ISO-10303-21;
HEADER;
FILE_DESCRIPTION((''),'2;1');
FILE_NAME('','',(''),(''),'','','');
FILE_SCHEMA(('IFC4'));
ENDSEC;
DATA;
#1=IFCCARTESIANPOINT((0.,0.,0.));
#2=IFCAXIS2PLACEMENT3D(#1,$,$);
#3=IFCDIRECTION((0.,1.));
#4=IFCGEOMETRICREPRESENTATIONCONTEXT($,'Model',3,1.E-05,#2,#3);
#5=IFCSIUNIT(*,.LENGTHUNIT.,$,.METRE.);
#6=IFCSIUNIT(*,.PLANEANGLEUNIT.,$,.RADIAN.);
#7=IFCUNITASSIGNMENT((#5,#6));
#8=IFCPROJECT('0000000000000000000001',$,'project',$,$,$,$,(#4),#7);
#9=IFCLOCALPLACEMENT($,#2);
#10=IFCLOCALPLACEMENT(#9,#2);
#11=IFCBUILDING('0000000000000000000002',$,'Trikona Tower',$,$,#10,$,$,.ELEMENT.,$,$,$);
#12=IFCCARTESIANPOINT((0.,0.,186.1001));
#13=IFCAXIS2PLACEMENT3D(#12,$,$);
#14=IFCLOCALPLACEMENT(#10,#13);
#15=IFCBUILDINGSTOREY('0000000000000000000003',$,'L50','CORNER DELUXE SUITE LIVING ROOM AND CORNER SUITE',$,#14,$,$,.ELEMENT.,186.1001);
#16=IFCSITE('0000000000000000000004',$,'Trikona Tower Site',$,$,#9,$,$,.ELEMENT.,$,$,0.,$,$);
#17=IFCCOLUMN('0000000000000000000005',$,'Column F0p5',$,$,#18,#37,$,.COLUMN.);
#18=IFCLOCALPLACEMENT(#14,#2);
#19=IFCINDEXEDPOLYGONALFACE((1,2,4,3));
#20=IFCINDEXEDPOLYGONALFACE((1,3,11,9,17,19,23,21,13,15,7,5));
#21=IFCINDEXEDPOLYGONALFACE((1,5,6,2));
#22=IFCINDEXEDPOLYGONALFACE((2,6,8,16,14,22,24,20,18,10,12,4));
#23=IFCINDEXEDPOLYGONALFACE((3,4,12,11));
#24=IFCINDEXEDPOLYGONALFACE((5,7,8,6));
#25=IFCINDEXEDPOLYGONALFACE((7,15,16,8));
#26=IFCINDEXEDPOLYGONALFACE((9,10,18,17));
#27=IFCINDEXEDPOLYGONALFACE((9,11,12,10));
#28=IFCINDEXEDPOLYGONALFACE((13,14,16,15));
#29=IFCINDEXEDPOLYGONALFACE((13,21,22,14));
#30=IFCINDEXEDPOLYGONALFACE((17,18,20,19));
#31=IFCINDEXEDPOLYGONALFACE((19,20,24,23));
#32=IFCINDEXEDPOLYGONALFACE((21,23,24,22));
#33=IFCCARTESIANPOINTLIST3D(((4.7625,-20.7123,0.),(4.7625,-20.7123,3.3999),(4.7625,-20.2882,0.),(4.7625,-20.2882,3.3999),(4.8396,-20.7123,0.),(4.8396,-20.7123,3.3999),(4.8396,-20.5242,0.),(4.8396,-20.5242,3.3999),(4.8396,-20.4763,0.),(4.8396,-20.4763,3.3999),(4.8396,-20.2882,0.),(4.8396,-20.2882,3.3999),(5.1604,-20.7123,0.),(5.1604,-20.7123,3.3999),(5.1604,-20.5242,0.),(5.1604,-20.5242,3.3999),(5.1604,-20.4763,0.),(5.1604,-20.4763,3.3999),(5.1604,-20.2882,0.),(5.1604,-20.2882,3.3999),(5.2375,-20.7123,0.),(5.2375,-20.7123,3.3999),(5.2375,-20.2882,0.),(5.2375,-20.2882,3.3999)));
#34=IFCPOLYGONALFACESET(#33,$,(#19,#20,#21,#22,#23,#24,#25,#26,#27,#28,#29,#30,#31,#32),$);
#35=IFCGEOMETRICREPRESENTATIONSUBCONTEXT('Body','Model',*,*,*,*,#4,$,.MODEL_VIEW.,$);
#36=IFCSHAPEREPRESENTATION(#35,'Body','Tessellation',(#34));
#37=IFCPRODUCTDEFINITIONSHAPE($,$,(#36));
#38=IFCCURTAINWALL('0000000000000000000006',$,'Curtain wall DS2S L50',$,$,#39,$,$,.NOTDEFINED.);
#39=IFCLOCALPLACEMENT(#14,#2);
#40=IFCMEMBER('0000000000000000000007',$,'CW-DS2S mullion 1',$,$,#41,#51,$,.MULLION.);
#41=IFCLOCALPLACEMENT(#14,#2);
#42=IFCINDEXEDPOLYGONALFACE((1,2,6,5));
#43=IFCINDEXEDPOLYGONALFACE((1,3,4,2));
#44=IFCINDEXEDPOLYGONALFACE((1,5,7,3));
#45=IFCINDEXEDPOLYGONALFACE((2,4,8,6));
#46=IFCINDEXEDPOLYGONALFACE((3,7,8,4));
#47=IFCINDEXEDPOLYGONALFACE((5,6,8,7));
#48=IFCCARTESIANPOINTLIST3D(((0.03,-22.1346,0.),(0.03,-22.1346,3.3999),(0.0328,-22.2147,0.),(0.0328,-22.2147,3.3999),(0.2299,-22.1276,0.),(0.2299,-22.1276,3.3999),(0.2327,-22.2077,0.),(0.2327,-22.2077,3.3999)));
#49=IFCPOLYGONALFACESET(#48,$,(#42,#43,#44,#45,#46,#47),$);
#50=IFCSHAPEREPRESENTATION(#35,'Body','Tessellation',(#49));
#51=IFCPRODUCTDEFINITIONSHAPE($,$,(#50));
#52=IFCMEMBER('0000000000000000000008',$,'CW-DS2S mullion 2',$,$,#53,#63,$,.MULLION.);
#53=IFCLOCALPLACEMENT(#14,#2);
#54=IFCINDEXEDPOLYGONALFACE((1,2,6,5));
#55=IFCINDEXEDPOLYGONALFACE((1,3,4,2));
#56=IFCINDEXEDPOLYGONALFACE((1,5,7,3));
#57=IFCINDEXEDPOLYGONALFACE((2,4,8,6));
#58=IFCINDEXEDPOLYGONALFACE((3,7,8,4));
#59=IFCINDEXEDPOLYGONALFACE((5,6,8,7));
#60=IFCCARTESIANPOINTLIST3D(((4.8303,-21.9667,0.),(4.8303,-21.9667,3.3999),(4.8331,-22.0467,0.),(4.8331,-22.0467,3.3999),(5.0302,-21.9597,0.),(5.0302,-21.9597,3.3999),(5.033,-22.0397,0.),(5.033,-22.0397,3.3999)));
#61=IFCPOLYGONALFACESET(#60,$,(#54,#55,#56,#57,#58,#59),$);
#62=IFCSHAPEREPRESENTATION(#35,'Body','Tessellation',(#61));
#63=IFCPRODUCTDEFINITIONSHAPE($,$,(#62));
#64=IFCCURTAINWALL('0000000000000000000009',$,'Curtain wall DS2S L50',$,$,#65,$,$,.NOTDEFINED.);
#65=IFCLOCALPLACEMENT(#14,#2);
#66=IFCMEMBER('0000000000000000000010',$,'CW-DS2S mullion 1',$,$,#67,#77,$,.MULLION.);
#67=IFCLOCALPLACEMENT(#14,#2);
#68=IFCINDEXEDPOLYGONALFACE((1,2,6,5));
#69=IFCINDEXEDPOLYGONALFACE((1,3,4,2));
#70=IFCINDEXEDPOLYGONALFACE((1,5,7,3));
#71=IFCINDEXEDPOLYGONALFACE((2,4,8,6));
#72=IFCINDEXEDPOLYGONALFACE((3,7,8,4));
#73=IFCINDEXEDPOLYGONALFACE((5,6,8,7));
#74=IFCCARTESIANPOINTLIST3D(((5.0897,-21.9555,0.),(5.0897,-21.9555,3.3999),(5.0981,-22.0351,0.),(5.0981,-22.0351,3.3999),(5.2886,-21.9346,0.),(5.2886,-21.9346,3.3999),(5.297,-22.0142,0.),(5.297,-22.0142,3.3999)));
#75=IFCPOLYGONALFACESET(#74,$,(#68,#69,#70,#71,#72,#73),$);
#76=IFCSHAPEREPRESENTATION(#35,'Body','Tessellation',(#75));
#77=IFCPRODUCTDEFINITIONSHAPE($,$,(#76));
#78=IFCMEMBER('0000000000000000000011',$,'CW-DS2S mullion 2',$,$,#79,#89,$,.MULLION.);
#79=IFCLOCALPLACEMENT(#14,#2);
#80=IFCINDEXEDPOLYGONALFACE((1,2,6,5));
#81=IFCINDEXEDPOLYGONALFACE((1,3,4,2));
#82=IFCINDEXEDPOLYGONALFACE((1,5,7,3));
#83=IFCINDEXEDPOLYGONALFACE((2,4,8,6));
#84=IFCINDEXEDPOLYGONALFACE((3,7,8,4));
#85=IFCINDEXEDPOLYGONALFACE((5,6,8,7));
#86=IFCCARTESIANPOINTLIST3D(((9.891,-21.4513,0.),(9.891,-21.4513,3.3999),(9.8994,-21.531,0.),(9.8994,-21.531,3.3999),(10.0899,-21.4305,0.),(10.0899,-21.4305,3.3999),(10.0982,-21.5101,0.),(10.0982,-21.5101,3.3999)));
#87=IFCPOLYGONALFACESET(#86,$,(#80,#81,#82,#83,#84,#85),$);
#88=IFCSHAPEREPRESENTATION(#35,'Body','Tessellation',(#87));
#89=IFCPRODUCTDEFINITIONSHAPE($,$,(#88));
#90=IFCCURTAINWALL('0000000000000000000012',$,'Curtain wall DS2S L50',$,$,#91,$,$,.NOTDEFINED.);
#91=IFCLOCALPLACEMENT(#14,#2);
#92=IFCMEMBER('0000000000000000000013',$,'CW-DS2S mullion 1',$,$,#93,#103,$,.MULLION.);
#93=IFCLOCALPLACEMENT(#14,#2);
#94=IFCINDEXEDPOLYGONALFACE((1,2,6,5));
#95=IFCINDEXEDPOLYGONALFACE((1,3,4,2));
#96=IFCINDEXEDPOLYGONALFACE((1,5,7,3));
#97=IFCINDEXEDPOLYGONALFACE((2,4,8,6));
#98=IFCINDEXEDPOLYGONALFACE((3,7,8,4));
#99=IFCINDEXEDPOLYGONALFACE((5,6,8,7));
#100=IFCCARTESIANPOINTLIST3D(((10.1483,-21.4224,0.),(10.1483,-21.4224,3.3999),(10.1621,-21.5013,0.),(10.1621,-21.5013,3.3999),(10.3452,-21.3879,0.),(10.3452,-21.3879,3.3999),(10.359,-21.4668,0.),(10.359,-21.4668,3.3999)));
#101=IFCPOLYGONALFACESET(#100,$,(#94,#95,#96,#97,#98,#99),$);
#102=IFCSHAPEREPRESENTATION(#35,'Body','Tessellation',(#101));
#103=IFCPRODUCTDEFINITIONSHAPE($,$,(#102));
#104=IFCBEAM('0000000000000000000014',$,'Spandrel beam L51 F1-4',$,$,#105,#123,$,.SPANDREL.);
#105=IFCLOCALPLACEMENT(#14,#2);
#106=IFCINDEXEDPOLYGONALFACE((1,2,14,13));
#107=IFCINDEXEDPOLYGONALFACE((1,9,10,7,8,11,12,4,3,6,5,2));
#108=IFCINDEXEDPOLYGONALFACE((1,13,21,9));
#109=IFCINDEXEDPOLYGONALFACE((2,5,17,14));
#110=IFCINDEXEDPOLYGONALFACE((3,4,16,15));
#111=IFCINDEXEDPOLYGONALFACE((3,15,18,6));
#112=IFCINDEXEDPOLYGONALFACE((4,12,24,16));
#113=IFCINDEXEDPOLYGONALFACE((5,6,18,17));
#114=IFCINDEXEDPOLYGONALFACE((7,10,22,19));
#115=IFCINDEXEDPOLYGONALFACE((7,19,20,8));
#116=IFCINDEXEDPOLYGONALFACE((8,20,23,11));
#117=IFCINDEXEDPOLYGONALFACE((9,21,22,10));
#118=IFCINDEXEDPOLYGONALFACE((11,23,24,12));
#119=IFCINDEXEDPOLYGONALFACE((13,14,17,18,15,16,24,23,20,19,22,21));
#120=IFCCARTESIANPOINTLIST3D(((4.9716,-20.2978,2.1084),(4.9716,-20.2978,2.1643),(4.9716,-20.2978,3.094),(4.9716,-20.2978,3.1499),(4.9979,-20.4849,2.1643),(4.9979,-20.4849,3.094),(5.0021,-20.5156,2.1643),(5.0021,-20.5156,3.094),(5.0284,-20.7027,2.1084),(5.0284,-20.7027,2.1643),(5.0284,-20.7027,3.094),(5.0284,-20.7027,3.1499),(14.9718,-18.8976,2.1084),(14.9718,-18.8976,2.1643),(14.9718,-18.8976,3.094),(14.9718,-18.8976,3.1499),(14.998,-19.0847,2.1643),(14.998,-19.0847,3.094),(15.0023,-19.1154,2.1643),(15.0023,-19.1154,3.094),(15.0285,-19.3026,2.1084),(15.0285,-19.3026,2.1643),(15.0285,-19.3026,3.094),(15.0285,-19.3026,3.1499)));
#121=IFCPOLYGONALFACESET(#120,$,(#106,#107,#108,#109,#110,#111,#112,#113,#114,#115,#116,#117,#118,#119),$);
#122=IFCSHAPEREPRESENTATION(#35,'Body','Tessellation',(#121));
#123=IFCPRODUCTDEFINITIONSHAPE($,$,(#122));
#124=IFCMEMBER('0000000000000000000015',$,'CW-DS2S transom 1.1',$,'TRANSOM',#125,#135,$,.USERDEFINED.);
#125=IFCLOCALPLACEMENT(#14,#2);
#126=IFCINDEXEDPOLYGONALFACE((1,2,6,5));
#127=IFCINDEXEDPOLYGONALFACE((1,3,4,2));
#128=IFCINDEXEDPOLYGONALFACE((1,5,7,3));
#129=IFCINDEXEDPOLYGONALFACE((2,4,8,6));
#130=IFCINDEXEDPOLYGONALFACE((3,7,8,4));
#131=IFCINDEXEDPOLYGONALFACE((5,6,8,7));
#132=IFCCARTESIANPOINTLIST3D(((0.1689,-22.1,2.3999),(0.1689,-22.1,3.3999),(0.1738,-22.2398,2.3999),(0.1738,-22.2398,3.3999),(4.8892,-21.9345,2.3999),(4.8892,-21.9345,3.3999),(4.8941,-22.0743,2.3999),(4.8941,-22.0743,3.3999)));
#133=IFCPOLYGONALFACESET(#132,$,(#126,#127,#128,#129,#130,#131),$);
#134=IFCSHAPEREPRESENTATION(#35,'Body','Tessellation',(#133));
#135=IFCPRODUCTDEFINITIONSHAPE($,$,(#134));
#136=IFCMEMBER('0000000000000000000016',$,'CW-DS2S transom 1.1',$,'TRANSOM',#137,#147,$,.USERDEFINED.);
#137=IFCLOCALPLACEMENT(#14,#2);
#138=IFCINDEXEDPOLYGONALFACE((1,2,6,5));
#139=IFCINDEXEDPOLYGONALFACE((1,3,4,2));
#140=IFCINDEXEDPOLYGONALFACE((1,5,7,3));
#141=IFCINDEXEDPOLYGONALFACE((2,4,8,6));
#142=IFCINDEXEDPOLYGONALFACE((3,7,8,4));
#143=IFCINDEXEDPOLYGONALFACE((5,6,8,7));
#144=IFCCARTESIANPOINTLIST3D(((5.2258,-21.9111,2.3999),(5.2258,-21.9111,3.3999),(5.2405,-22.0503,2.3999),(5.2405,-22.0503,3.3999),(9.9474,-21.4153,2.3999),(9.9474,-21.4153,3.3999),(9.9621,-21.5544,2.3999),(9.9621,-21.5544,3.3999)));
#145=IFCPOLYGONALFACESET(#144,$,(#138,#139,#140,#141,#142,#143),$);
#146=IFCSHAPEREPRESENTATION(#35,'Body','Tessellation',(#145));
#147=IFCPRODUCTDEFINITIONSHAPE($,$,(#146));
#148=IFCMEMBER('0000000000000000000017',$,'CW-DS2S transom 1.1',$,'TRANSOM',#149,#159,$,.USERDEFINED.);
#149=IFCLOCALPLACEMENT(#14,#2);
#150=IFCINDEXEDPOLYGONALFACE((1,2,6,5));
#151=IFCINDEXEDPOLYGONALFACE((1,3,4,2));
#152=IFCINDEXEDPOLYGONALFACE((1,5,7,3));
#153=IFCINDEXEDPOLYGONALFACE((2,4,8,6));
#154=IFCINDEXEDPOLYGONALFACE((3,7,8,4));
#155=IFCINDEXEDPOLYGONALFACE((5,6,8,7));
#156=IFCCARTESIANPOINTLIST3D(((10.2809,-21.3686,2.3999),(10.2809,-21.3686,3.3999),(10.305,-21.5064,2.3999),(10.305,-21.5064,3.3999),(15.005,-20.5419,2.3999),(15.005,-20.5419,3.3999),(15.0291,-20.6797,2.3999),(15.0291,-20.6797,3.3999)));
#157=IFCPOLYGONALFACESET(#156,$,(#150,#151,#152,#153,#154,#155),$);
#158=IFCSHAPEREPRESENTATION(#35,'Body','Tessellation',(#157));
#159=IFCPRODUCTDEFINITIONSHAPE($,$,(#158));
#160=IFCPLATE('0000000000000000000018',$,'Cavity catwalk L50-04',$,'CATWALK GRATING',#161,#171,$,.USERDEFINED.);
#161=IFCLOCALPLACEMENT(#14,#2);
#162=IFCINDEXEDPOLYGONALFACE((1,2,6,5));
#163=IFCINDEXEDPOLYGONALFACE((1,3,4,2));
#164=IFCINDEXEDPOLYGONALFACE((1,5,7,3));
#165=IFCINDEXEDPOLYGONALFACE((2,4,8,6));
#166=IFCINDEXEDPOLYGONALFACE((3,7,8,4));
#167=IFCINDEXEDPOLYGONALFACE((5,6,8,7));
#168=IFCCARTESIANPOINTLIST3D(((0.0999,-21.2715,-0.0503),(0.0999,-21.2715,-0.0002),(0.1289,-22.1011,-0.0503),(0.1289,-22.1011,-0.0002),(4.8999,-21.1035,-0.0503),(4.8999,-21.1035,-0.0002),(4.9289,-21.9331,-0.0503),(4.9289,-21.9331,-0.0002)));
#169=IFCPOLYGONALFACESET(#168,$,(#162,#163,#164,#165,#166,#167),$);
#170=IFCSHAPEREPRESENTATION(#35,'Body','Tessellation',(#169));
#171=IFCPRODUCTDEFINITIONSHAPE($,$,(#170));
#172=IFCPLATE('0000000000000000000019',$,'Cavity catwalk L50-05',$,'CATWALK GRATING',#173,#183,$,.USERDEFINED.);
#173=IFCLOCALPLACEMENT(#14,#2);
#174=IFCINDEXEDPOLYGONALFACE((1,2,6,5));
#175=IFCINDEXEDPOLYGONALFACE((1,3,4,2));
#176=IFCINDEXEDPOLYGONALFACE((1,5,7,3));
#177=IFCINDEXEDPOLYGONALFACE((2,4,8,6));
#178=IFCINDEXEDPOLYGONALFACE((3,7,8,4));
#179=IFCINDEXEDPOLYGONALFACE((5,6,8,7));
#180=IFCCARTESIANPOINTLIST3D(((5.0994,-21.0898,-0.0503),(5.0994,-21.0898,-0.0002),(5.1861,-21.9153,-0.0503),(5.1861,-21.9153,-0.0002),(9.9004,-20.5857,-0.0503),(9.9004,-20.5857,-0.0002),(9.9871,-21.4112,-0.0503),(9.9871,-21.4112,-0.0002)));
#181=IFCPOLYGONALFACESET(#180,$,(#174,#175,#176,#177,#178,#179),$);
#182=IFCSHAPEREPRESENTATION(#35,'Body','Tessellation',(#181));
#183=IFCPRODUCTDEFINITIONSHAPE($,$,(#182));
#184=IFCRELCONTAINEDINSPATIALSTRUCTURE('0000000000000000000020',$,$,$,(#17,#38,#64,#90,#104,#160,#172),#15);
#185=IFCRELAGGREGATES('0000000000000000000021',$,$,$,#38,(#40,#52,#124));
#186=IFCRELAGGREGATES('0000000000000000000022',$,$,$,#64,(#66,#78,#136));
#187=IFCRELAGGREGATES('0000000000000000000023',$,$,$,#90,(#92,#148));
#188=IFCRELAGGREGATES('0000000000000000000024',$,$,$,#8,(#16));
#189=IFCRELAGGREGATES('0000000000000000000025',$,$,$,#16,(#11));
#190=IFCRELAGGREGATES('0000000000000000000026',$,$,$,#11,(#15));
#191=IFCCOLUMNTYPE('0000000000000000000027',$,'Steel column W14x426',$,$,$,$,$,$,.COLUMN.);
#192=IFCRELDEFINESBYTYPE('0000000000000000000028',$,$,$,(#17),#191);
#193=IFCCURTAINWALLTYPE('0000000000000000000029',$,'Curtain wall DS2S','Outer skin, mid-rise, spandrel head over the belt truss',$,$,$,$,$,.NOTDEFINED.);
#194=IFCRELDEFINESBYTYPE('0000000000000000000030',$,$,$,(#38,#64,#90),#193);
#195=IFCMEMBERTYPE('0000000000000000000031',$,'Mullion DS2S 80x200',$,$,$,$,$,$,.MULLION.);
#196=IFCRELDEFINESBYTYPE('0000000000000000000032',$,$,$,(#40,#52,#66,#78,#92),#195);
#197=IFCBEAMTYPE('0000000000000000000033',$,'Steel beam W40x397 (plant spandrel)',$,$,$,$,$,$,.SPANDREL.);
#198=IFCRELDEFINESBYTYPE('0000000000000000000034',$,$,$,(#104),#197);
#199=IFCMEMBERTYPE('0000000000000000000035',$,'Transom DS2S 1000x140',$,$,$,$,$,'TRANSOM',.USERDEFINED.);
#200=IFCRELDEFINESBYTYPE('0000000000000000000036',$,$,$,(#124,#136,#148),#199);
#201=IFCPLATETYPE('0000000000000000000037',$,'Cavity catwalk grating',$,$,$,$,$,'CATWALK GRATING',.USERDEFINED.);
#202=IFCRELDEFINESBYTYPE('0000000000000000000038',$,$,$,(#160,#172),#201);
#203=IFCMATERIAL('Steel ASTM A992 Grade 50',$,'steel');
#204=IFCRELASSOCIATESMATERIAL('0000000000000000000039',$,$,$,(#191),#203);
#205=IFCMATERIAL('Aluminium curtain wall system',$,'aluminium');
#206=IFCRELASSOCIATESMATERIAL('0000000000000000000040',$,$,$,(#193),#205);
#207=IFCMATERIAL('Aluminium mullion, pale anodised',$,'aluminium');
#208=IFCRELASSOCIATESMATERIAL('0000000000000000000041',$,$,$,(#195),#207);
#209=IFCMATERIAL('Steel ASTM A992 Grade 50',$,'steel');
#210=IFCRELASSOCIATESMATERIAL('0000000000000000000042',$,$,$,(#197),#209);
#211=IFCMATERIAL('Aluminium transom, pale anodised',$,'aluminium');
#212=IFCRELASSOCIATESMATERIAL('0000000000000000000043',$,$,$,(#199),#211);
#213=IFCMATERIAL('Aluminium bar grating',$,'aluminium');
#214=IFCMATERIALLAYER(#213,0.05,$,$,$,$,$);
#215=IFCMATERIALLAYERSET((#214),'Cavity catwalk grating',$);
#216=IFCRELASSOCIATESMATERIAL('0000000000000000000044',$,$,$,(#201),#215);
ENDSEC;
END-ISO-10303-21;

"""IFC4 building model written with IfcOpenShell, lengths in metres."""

from ifc_helpers import new_model, si_unit, direction, frame, origin, origin_2d, place, context, subcontext, project, spatial, rectangle, i_section, extrude, material, layer, layer_set, material_profile, profile_set, type_object, element, aggregate, save


model = new_model("IFC4")

# Units and contexts
model_context = context("Model", 3, precision=1e-05, world=origin(), true_north=direction((0.0, 1.0)))
body_context = subcontext(model_context, "Body", "Model", "MODEL_VIEW")
ifc_project = project(units=[si_unit("LENGTHUNIT", "METRE"), si_unit("PLANEANGLEUNIT", "RADIAN")], contexts=[model_context])

# Site, building, storey
site_placement = place(None, origin())
site = spatial("IfcSite", under=ifc_project, at=site_placement, Name="Trikona Tower Site", CompositionType="ELEMENT", RefElevation=0.0)
building_placement = place(site_placement, origin())
building = spatial("IfcBuilding", under=site, at=building_placement, Name="Trikona Tower", CompositionType="ELEMENT")
storey_placement = place(building_placement, frame((0.0, 0.0, 186.1001)))
storey = spatial("IfcBuildingStorey", under=building, at=storey_placement, Name="L50", Description="CORNER DELUXE SUITE LIVING ROOM AND CORNER SUITE", CompositionType="ELEMENT", Elevation=186.1001)

# Column
ifc_material_1 = material(Name="Steel ASTM A992 Grade 50", Category="steel")
ifc_material_profile_1 = material_profile(ifc_material_1, i_section(OverallWidth=0.4241, OverallDepth=0.4751, WebThickness=0.0479, FlangeThickness=0.0771, at=origin_2d()), Name="W14X426")
ifc_profile_set_1 = profile_set([ifc_material_profile_1], Name="Steel ASTM A992 Grade 50")
column_type = type_object("IfcColumnType", Name="Steel column W14x426", PredefinedType="COLUMN", material=ifc_profile_set_1)
column_placement = place(storey_placement, frame((5.0, -20.5002, 0.0), z_axis=(0.0, 0.0, 1.0), x_axis=(0.0, -1.0, 0.0)))
element("IfcColumn", 1, at=column_placement, inside=storey, type_object=column_type, Name="Column F0p5", PredefinedType="COLUMN", context=body_context, shape_type="SweptSolid", body=[
    extrude(i_section(OverallWidth=0.4241, OverallDepth=0.4751, WebThickness=0.0479, FlangeThickness=0.0771, at=origin_2d()), origin(), (0.0, 0.0, 1.0), 3.3999),
])

# Curtain walls, members
ifc_material_2 = material(Name="Aluminium curtain wall system", Category="aluminium")
curtain_wall_type = type_object("IfcCurtainWallType", Name="Curtain wall DS2S", Description="Outer skin, mid-rise, spandrel head over the belt truss", PredefinedType="NOTDEFINED", material=ifc_material_2)
curtain_wall_1_placement = place(storey_placement, origin())
curtain_wall_1 = element("IfcCurtainWall", 2, at=curtain_wall_1_placement, inside=storey, type_object=curtain_wall_type, Name="Curtain wall DS2S L50", PredefinedType="NOTDEFINED")
ifc_material_3 = material(Name="Aluminium mullion, pale anodised", Category="aluminium")
ifc_material_profile_2 = material_profile(ifc_material_3, rectangle(XDim=0.0801, YDim=0.2, at=origin_2d()), Name="MUL-DS2S")
ifc_profile_set_2 = profile_set([ifc_material_profile_2], Name="Aluminium mullion, pale anodised")
member_type_1 = type_object("IfcMemberType", Name="Mullion DS2S 80x200", PredefinedType="MULLION", material=ifc_profile_set_2)
member_1_placement = place(storey_placement, frame((0.1313, -22.1711, 0.0), z_axis=(0.0, 0.0, 1.0), x_axis=(-0.034998, 0.999387, 0.0)))
member_1 = element("IfcMember", 3, at=member_1_placement, type_object=member_type_1, Name="CW-DS2S mullion 1", PredefinedType="MULLION", context=body_context, shape_type="SweptSolid", body=[
    extrude(rectangle(XDim=0.0801, YDim=0.2, at=origin_2d()), origin(), (0.0, 0.0, 1.0), 3.3999),
])
member_2_placement = place(storey_placement, frame((4.9316, -22.0032, 0.0), z_axis=(0.0, 0.0, 1.0), x_axis=(-0.034998, 0.999387, 0.0)))
member_2 = element("IfcMember", 4, at=member_2_placement, type_object=member_type_1, Name="CW-DS2S mullion 2", PredefinedType="MULLION", context=body_context, shape_type="SweptSolid", body=[
    extrude(rectangle(XDim=0.0801, YDim=0.2, at=origin_2d()), origin(), (0.0, 0.0, 1.0), 3.3999),
])
curtain_wall_2_placement = place(storey_placement, origin())
curtain_wall_2 = element("IfcCurtainWall", 5, at=curtain_wall_2_placement, inside=storey, type_object=curtain_wall_type, Name="Curtain wall DS2S L50", PredefinedType="NOTDEFINED")
member_3_placement = place(storey_placement, frame((5.1934, -21.9849, 0.0), z_axis=(0.0, 0.0, 1.0), x_axis=(-0.104433, 0.994532, 0.0)))
member_3 = element("IfcMember", 6, at=member_3_placement, type_object=member_type_1, Name="CW-DS2S mullion 1", PredefinedType="MULLION", context=body_context, shape_type="SweptSolid", body=[
    extrude(rectangle(XDim=0.0801, YDim=0.2, at=origin_2d()), origin(), (0.0, 0.0, 1.0), 3.3999),
])
member_4_placement = place(storey_placement, frame((9.9946, -21.4807, 0.0), z_axis=(0.0, 0.0, 1.0), x_axis=(-0.104433, 0.994532, 0.0)))
member_4 = element("IfcMember", 7, at=member_4_placement, type_object=member_type_1, Name="CW-DS2S mullion 2", PredefinedType="MULLION", context=body_context, shape_type="SweptSolid", body=[
    extrude(rectangle(XDim=0.0801, YDim=0.2, at=origin_2d()), origin(), (0.0, 0.0, 1.0), 3.3999),
])

# Curtain wall, member
curtain_wall_3_placement = place(storey_placement, origin())
curtain_wall_3 = element("IfcCurtainWall", 8, at=curtain_wall_3_placement, inside=storey, type_object=curtain_wall_type, Name="Curtain wall DS2S L50", PredefinedType="NOTDEFINED")
member_5_placement = place(storey_placement, frame((10.2537, -21.4446, 0.0), z_axis=(0.0, 0.0, 1.0), x_axis=(-0.172377, 0.985031, 0.0)))
member_5 = element("IfcMember", 9, at=member_5_placement, type_object=member_type_1, Name="CW-DS2S mullion 1", PredefinedType="MULLION", context=body_context, shape_type="SweptSolid", body=[
    extrude(rectangle(XDim=0.0801, YDim=0.2, at=origin_2d()), origin(), (0.0, 0.0, 1.0), 3.3999),
])

# Beam
ifc_material_4 = material(Name="Steel ASTM A992 Grade 50", Category="steel")
ifc_material_profile_3 = material_profile(ifc_material_4, i_section(OverallWidth=0.4089, OverallDepth=1.0415, WebThickness=0.031, FlangeThickness=0.0559, at=origin_2d()), Name="W40X397")
ifc_profile_set_3 = profile_set([ifc_material_profile_3], Name="Steel ASTM A992 Grade 50")
beam_type = type_object("IfcBeamType", Name="Steel beam W40x397 (plant spandrel)", PredefinedType="SPANDREL", material=ifc_profile_set_3)
beam_placement = place(storey_placement, frame((5.0, -20.5002, 2.6292), z_axis=(0.99034, 0.138662, 0.0), x_axis=(-0.138662, 0.99034, 0.0)))
element("IfcBeam", 10, at=beam_placement, inside=storey, type_object=beam_type, Name="Spandrel beam L51 F1-4", PredefinedType="SPANDREL", context=body_context, shape_type="SweptSolid", body=[
    extrude(i_section(OverallWidth=0.4089, OverallDepth=1.0415, WebThickness=0.031, FlangeThickness=0.0559, at=origin_2d()), origin(), (0.0, 0.0, 1.0), 10.0977),
])

# Members
ifc_material_5 = material(Name="Aluminium transom, pale anodised", Category="aluminium")
ifc_material_profile_4 = material_profile(ifc_material_5, rectangle(XDim=0.1399, YDim=1.0, at=origin_2d()), Name="TRN-DS2S")
ifc_profile_set_4 = profile_set([ifc_material_profile_4], Name="Aluminium transom, pale anodised")
member_type_2 = type_object("IfcMemberType", Name="Transom DS2S 1000x140", ElementType="TRANSOM", PredefinedType="USERDEFINED", material=ifc_profile_set_4)
member_6_placement = place(storey_placement, frame((0.1714, -22.1699, 2.8999), z_axis=(0.999386, 0.035046, 0.0), x_axis=(-0.035046, 0.999386, 0.0)))
member_6 = element("IfcMember", 11, at=member_6_placement, type_object=member_type_2, Name="CW-DS2S transom 1.1", ObjectType="TRANSOM", PredefinedType="USERDEFINED", context=body_context, shape_type="SweptSolid", body=[
    extrude(rectangle(XDim=0.1399, YDim=1.0, at=origin_2d()), origin(), (0.0, 0.0, 1.0), 4.7231),
])
member_7_placement = place(storey_placement, frame((5.2332, -21.9807, 2.8999), z_axis=(0.994531, 0.104441, 0.0), x_axis=(-0.104441, 0.994531, 0.0)))
member_7 = element("IfcMember", 12, at=member_7_placement, type_object=member_type_2, Name="CW-DS2S transom 1.1", ObjectType="TRANSOM", PredefinedType="USERDEFINED", context=body_context, shape_type="SweptSolid", body=[
    extrude(rectangle(XDim=0.1399, YDim=1.0, at=origin_2d()), origin(), (0.0, 0.0, 1.0), 4.7476),
])
member_8_placement = place(storey_placement, frame((10.293, -21.4375, 2.8999), z_axis=(0.985033, 0.172368, 0.0), x_axis=(-0.172368, 0.985033, 0.0)))
member_8 = element("IfcMember", 13, at=member_8_placement, type_object=member_type_2, Name="CW-DS2S transom 1.1", ObjectType="TRANSOM", PredefinedType="USERDEFINED", context=body_context, shape_type="SweptSolid", body=[
    extrude(rectangle(XDim=0.1399, YDim=1.0, at=origin_2d()), origin(), (0.0, 0.0, 1.0), 4.7959),
])

# Plates
ifc_material_6 = material(Name="Aluminium bar grating", Category="aluminium")
ifc_layer_1 = layer(ifc_material_6, 0.05)
ifc_layer_set_1 = layer_set([ifc_layer_1], Name="Cavity catwalk grating")
plate_type_1 = type_object("IfcPlateType", Name="Cavity catwalk grating", ElementType="CATWALK GRATING", PredefinedType="USERDEFINED", material=ifc_layer_set_1)
plate_1_placement = place(storey_placement, frame((2.5144, -21.6023, -0.0503), z_axis=(0.0, 0.0, 1.0), x_axis=(0.999388, 0.034978, 0.0)))
element("IfcPlate", 14, at=plate_1_placement, inside=storey, type_object=plate_type_1, Name="Cavity catwalk L50-04", ObjectType="CATWALK GRATING", PredefinedType="USERDEFINED", context=body_context, shape_type="SweptSolid", body=[
    extrude(rectangle(XDim=4.803, YDim=0.8301, at=origin_2d()), origin(), (0.0, 0.0, 1.0), 0.05),
])
plate_2_placement = place(storey_placement, frame((7.5432, -21.2505, -0.0503), z_axis=(0.0, 0.0, 1.0), x_axis=(0.994533, 0.104426, 0.0)))
element("IfcPlate", 15, at=plate_2_placement, inside=storey, type_object=plate_type_1, Name="Cavity catwalk L50-05", ObjectType="CATWALK GRATING", PredefinedType="USERDEFINED", context=body_context, shape_type="SweptSolid", body=[
    extrude(rectangle(XDim=4.8274, YDim=0.8301, at=origin_2d()), origin(), (0.0, 0.0, 1.0), 0.05),
])

aggregate(curtain_wall_1, [member_1, member_2, member_6])
aggregate(curtain_wall_2, [member_3, member_4, member_7])
aggregate(curtain_wall_3, [member_5, member_8])

save(model, "model.ifc")
